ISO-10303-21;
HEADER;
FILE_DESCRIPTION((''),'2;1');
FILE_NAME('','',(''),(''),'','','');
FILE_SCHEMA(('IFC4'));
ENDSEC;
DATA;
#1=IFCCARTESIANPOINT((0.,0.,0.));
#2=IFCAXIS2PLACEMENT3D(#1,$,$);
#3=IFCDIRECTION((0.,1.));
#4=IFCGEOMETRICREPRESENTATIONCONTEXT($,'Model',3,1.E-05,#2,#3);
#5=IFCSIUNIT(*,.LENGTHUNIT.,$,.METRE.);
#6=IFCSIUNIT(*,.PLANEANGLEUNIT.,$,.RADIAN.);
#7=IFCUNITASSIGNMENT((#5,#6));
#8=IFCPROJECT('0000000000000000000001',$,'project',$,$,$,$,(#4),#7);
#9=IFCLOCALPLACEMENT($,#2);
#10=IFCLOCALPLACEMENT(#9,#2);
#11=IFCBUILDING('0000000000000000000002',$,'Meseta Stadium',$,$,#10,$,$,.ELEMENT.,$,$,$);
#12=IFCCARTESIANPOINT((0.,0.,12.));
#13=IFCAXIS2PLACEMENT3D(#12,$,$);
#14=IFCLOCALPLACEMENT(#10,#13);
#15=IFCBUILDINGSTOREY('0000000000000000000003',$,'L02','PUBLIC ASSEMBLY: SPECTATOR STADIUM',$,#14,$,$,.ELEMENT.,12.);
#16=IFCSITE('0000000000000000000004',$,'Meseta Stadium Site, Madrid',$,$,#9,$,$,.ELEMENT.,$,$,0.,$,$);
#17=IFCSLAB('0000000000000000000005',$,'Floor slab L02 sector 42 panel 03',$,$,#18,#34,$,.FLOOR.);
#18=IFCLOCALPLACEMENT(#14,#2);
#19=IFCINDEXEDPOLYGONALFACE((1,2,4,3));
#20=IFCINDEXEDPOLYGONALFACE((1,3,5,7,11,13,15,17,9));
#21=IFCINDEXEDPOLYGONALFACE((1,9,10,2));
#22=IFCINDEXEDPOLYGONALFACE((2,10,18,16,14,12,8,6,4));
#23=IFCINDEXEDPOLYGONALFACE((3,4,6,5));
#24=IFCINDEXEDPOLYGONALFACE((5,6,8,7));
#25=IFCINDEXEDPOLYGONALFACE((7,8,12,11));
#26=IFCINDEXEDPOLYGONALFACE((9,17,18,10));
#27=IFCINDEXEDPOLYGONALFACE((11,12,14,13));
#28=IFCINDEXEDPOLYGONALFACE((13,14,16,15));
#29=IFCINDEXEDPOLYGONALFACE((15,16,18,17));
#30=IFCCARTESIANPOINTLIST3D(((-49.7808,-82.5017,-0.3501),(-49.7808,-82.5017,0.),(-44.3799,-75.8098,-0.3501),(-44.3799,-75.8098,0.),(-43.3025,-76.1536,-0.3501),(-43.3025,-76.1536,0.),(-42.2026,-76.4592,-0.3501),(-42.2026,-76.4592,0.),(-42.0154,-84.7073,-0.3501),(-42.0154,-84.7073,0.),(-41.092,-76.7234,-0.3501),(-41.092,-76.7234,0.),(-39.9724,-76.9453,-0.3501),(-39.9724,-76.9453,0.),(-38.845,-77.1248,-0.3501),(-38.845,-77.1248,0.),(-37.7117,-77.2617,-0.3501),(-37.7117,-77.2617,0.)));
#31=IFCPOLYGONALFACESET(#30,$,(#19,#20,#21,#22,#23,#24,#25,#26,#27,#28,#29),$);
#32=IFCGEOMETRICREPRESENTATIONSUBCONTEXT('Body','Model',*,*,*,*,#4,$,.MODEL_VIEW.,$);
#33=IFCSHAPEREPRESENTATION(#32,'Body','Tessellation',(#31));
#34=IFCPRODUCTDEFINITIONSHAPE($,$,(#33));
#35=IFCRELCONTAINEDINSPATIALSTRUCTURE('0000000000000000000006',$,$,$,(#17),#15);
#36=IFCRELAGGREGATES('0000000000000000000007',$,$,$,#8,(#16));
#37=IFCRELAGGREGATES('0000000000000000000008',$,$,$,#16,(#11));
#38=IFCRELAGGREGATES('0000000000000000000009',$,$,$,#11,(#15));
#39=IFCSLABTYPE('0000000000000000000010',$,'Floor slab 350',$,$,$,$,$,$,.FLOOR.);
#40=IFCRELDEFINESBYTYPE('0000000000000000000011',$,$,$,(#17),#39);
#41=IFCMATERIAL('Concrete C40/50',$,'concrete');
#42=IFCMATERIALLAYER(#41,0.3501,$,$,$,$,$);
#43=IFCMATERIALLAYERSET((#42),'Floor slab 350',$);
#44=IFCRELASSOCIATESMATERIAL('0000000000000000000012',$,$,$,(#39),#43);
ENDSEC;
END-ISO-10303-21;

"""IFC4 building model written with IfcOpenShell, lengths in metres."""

from ifc_helpers import new_model, si_unit, direction, frame, origin, place, context, subcontext, project, spatial, polyline, outline, extrude, material, layer, layer_set, type_object, element, save


model = new_model("IFC4")

# Units and contexts
model_context = context("Model", 3, precision=1e-05, world=origin(), true_north=direction((0.0, 1.0)))
body_context = subcontext(model_context, "Body", "Model", "MODEL_VIEW")
ifc_project = project(units=[si_unit("LENGTHUNIT", "METRE"), si_unit("PLANEANGLEUNIT", "RADIAN")], contexts=[model_context])

# Site, building, storey
site_placement = place(None, origin())
site = spatial("IfcSite", under=ifc_project, at=site_placement, Name="Meseta Stadium Site, Madrid", CompositionType="ELEMENT", RefElevation=0.0)
building_placement = place(site_placement, origin())
building = spatial("IfcBuilding", under=site, at=building_placement, Name="Meseta Stadium", CompositionType="ELEMENT")
storey_placement = place(building_placement, frame((0.0, 0.0, 12.0)))
storey = spatial("IfcBuildingStorey", under=building, at=storey_placement, Name="L02", Description="PUBLIC ASSEMBLY: SPECTATOR STADIUM", CompositionType="ELEMENT", Elevation=12.0)

# Slab
ifc_material = material(Name="Concrete C40/50", Category="concrete")
ifc_layer = layer(ifc_material, 0.3501)
ifc_layer_set = layer_set([ifc_layer], Name="Floor slab 350")
slab_type = type_object("IfcSlabType", Name="Floor slab 350", PredefinedType="FLOOR", material=ifc_layer_set)
slab_1_placement = place(storey_placement, frame((0.0, 0.0, -0.3501)))
element("IfcSlab", 1, at=slab_1_placement, inside=storey, type_object=slab_type, Name="Floor slab L02 sector 42 panel 03", PredefinedType="FLOOR", context=body_context, shape_type="SweptSolid", body=[
    extrude(outline(polyline([(-43.3025, -76.1536), (-44.3799, -75.8098), (-49.7808, -82.5017), (-42.0154, -84.7073), (-37.7117, -77.2617), (-38.845, -77.1248), (-39.9724, -76.9453), (-41.092, -76.7234), (-42.2026, -76.4592), (-43.3025, -76.1536)])), origin(), (0.0, 0.0, 1.0), 0.3501),
])

save(model, "model.ifc")
